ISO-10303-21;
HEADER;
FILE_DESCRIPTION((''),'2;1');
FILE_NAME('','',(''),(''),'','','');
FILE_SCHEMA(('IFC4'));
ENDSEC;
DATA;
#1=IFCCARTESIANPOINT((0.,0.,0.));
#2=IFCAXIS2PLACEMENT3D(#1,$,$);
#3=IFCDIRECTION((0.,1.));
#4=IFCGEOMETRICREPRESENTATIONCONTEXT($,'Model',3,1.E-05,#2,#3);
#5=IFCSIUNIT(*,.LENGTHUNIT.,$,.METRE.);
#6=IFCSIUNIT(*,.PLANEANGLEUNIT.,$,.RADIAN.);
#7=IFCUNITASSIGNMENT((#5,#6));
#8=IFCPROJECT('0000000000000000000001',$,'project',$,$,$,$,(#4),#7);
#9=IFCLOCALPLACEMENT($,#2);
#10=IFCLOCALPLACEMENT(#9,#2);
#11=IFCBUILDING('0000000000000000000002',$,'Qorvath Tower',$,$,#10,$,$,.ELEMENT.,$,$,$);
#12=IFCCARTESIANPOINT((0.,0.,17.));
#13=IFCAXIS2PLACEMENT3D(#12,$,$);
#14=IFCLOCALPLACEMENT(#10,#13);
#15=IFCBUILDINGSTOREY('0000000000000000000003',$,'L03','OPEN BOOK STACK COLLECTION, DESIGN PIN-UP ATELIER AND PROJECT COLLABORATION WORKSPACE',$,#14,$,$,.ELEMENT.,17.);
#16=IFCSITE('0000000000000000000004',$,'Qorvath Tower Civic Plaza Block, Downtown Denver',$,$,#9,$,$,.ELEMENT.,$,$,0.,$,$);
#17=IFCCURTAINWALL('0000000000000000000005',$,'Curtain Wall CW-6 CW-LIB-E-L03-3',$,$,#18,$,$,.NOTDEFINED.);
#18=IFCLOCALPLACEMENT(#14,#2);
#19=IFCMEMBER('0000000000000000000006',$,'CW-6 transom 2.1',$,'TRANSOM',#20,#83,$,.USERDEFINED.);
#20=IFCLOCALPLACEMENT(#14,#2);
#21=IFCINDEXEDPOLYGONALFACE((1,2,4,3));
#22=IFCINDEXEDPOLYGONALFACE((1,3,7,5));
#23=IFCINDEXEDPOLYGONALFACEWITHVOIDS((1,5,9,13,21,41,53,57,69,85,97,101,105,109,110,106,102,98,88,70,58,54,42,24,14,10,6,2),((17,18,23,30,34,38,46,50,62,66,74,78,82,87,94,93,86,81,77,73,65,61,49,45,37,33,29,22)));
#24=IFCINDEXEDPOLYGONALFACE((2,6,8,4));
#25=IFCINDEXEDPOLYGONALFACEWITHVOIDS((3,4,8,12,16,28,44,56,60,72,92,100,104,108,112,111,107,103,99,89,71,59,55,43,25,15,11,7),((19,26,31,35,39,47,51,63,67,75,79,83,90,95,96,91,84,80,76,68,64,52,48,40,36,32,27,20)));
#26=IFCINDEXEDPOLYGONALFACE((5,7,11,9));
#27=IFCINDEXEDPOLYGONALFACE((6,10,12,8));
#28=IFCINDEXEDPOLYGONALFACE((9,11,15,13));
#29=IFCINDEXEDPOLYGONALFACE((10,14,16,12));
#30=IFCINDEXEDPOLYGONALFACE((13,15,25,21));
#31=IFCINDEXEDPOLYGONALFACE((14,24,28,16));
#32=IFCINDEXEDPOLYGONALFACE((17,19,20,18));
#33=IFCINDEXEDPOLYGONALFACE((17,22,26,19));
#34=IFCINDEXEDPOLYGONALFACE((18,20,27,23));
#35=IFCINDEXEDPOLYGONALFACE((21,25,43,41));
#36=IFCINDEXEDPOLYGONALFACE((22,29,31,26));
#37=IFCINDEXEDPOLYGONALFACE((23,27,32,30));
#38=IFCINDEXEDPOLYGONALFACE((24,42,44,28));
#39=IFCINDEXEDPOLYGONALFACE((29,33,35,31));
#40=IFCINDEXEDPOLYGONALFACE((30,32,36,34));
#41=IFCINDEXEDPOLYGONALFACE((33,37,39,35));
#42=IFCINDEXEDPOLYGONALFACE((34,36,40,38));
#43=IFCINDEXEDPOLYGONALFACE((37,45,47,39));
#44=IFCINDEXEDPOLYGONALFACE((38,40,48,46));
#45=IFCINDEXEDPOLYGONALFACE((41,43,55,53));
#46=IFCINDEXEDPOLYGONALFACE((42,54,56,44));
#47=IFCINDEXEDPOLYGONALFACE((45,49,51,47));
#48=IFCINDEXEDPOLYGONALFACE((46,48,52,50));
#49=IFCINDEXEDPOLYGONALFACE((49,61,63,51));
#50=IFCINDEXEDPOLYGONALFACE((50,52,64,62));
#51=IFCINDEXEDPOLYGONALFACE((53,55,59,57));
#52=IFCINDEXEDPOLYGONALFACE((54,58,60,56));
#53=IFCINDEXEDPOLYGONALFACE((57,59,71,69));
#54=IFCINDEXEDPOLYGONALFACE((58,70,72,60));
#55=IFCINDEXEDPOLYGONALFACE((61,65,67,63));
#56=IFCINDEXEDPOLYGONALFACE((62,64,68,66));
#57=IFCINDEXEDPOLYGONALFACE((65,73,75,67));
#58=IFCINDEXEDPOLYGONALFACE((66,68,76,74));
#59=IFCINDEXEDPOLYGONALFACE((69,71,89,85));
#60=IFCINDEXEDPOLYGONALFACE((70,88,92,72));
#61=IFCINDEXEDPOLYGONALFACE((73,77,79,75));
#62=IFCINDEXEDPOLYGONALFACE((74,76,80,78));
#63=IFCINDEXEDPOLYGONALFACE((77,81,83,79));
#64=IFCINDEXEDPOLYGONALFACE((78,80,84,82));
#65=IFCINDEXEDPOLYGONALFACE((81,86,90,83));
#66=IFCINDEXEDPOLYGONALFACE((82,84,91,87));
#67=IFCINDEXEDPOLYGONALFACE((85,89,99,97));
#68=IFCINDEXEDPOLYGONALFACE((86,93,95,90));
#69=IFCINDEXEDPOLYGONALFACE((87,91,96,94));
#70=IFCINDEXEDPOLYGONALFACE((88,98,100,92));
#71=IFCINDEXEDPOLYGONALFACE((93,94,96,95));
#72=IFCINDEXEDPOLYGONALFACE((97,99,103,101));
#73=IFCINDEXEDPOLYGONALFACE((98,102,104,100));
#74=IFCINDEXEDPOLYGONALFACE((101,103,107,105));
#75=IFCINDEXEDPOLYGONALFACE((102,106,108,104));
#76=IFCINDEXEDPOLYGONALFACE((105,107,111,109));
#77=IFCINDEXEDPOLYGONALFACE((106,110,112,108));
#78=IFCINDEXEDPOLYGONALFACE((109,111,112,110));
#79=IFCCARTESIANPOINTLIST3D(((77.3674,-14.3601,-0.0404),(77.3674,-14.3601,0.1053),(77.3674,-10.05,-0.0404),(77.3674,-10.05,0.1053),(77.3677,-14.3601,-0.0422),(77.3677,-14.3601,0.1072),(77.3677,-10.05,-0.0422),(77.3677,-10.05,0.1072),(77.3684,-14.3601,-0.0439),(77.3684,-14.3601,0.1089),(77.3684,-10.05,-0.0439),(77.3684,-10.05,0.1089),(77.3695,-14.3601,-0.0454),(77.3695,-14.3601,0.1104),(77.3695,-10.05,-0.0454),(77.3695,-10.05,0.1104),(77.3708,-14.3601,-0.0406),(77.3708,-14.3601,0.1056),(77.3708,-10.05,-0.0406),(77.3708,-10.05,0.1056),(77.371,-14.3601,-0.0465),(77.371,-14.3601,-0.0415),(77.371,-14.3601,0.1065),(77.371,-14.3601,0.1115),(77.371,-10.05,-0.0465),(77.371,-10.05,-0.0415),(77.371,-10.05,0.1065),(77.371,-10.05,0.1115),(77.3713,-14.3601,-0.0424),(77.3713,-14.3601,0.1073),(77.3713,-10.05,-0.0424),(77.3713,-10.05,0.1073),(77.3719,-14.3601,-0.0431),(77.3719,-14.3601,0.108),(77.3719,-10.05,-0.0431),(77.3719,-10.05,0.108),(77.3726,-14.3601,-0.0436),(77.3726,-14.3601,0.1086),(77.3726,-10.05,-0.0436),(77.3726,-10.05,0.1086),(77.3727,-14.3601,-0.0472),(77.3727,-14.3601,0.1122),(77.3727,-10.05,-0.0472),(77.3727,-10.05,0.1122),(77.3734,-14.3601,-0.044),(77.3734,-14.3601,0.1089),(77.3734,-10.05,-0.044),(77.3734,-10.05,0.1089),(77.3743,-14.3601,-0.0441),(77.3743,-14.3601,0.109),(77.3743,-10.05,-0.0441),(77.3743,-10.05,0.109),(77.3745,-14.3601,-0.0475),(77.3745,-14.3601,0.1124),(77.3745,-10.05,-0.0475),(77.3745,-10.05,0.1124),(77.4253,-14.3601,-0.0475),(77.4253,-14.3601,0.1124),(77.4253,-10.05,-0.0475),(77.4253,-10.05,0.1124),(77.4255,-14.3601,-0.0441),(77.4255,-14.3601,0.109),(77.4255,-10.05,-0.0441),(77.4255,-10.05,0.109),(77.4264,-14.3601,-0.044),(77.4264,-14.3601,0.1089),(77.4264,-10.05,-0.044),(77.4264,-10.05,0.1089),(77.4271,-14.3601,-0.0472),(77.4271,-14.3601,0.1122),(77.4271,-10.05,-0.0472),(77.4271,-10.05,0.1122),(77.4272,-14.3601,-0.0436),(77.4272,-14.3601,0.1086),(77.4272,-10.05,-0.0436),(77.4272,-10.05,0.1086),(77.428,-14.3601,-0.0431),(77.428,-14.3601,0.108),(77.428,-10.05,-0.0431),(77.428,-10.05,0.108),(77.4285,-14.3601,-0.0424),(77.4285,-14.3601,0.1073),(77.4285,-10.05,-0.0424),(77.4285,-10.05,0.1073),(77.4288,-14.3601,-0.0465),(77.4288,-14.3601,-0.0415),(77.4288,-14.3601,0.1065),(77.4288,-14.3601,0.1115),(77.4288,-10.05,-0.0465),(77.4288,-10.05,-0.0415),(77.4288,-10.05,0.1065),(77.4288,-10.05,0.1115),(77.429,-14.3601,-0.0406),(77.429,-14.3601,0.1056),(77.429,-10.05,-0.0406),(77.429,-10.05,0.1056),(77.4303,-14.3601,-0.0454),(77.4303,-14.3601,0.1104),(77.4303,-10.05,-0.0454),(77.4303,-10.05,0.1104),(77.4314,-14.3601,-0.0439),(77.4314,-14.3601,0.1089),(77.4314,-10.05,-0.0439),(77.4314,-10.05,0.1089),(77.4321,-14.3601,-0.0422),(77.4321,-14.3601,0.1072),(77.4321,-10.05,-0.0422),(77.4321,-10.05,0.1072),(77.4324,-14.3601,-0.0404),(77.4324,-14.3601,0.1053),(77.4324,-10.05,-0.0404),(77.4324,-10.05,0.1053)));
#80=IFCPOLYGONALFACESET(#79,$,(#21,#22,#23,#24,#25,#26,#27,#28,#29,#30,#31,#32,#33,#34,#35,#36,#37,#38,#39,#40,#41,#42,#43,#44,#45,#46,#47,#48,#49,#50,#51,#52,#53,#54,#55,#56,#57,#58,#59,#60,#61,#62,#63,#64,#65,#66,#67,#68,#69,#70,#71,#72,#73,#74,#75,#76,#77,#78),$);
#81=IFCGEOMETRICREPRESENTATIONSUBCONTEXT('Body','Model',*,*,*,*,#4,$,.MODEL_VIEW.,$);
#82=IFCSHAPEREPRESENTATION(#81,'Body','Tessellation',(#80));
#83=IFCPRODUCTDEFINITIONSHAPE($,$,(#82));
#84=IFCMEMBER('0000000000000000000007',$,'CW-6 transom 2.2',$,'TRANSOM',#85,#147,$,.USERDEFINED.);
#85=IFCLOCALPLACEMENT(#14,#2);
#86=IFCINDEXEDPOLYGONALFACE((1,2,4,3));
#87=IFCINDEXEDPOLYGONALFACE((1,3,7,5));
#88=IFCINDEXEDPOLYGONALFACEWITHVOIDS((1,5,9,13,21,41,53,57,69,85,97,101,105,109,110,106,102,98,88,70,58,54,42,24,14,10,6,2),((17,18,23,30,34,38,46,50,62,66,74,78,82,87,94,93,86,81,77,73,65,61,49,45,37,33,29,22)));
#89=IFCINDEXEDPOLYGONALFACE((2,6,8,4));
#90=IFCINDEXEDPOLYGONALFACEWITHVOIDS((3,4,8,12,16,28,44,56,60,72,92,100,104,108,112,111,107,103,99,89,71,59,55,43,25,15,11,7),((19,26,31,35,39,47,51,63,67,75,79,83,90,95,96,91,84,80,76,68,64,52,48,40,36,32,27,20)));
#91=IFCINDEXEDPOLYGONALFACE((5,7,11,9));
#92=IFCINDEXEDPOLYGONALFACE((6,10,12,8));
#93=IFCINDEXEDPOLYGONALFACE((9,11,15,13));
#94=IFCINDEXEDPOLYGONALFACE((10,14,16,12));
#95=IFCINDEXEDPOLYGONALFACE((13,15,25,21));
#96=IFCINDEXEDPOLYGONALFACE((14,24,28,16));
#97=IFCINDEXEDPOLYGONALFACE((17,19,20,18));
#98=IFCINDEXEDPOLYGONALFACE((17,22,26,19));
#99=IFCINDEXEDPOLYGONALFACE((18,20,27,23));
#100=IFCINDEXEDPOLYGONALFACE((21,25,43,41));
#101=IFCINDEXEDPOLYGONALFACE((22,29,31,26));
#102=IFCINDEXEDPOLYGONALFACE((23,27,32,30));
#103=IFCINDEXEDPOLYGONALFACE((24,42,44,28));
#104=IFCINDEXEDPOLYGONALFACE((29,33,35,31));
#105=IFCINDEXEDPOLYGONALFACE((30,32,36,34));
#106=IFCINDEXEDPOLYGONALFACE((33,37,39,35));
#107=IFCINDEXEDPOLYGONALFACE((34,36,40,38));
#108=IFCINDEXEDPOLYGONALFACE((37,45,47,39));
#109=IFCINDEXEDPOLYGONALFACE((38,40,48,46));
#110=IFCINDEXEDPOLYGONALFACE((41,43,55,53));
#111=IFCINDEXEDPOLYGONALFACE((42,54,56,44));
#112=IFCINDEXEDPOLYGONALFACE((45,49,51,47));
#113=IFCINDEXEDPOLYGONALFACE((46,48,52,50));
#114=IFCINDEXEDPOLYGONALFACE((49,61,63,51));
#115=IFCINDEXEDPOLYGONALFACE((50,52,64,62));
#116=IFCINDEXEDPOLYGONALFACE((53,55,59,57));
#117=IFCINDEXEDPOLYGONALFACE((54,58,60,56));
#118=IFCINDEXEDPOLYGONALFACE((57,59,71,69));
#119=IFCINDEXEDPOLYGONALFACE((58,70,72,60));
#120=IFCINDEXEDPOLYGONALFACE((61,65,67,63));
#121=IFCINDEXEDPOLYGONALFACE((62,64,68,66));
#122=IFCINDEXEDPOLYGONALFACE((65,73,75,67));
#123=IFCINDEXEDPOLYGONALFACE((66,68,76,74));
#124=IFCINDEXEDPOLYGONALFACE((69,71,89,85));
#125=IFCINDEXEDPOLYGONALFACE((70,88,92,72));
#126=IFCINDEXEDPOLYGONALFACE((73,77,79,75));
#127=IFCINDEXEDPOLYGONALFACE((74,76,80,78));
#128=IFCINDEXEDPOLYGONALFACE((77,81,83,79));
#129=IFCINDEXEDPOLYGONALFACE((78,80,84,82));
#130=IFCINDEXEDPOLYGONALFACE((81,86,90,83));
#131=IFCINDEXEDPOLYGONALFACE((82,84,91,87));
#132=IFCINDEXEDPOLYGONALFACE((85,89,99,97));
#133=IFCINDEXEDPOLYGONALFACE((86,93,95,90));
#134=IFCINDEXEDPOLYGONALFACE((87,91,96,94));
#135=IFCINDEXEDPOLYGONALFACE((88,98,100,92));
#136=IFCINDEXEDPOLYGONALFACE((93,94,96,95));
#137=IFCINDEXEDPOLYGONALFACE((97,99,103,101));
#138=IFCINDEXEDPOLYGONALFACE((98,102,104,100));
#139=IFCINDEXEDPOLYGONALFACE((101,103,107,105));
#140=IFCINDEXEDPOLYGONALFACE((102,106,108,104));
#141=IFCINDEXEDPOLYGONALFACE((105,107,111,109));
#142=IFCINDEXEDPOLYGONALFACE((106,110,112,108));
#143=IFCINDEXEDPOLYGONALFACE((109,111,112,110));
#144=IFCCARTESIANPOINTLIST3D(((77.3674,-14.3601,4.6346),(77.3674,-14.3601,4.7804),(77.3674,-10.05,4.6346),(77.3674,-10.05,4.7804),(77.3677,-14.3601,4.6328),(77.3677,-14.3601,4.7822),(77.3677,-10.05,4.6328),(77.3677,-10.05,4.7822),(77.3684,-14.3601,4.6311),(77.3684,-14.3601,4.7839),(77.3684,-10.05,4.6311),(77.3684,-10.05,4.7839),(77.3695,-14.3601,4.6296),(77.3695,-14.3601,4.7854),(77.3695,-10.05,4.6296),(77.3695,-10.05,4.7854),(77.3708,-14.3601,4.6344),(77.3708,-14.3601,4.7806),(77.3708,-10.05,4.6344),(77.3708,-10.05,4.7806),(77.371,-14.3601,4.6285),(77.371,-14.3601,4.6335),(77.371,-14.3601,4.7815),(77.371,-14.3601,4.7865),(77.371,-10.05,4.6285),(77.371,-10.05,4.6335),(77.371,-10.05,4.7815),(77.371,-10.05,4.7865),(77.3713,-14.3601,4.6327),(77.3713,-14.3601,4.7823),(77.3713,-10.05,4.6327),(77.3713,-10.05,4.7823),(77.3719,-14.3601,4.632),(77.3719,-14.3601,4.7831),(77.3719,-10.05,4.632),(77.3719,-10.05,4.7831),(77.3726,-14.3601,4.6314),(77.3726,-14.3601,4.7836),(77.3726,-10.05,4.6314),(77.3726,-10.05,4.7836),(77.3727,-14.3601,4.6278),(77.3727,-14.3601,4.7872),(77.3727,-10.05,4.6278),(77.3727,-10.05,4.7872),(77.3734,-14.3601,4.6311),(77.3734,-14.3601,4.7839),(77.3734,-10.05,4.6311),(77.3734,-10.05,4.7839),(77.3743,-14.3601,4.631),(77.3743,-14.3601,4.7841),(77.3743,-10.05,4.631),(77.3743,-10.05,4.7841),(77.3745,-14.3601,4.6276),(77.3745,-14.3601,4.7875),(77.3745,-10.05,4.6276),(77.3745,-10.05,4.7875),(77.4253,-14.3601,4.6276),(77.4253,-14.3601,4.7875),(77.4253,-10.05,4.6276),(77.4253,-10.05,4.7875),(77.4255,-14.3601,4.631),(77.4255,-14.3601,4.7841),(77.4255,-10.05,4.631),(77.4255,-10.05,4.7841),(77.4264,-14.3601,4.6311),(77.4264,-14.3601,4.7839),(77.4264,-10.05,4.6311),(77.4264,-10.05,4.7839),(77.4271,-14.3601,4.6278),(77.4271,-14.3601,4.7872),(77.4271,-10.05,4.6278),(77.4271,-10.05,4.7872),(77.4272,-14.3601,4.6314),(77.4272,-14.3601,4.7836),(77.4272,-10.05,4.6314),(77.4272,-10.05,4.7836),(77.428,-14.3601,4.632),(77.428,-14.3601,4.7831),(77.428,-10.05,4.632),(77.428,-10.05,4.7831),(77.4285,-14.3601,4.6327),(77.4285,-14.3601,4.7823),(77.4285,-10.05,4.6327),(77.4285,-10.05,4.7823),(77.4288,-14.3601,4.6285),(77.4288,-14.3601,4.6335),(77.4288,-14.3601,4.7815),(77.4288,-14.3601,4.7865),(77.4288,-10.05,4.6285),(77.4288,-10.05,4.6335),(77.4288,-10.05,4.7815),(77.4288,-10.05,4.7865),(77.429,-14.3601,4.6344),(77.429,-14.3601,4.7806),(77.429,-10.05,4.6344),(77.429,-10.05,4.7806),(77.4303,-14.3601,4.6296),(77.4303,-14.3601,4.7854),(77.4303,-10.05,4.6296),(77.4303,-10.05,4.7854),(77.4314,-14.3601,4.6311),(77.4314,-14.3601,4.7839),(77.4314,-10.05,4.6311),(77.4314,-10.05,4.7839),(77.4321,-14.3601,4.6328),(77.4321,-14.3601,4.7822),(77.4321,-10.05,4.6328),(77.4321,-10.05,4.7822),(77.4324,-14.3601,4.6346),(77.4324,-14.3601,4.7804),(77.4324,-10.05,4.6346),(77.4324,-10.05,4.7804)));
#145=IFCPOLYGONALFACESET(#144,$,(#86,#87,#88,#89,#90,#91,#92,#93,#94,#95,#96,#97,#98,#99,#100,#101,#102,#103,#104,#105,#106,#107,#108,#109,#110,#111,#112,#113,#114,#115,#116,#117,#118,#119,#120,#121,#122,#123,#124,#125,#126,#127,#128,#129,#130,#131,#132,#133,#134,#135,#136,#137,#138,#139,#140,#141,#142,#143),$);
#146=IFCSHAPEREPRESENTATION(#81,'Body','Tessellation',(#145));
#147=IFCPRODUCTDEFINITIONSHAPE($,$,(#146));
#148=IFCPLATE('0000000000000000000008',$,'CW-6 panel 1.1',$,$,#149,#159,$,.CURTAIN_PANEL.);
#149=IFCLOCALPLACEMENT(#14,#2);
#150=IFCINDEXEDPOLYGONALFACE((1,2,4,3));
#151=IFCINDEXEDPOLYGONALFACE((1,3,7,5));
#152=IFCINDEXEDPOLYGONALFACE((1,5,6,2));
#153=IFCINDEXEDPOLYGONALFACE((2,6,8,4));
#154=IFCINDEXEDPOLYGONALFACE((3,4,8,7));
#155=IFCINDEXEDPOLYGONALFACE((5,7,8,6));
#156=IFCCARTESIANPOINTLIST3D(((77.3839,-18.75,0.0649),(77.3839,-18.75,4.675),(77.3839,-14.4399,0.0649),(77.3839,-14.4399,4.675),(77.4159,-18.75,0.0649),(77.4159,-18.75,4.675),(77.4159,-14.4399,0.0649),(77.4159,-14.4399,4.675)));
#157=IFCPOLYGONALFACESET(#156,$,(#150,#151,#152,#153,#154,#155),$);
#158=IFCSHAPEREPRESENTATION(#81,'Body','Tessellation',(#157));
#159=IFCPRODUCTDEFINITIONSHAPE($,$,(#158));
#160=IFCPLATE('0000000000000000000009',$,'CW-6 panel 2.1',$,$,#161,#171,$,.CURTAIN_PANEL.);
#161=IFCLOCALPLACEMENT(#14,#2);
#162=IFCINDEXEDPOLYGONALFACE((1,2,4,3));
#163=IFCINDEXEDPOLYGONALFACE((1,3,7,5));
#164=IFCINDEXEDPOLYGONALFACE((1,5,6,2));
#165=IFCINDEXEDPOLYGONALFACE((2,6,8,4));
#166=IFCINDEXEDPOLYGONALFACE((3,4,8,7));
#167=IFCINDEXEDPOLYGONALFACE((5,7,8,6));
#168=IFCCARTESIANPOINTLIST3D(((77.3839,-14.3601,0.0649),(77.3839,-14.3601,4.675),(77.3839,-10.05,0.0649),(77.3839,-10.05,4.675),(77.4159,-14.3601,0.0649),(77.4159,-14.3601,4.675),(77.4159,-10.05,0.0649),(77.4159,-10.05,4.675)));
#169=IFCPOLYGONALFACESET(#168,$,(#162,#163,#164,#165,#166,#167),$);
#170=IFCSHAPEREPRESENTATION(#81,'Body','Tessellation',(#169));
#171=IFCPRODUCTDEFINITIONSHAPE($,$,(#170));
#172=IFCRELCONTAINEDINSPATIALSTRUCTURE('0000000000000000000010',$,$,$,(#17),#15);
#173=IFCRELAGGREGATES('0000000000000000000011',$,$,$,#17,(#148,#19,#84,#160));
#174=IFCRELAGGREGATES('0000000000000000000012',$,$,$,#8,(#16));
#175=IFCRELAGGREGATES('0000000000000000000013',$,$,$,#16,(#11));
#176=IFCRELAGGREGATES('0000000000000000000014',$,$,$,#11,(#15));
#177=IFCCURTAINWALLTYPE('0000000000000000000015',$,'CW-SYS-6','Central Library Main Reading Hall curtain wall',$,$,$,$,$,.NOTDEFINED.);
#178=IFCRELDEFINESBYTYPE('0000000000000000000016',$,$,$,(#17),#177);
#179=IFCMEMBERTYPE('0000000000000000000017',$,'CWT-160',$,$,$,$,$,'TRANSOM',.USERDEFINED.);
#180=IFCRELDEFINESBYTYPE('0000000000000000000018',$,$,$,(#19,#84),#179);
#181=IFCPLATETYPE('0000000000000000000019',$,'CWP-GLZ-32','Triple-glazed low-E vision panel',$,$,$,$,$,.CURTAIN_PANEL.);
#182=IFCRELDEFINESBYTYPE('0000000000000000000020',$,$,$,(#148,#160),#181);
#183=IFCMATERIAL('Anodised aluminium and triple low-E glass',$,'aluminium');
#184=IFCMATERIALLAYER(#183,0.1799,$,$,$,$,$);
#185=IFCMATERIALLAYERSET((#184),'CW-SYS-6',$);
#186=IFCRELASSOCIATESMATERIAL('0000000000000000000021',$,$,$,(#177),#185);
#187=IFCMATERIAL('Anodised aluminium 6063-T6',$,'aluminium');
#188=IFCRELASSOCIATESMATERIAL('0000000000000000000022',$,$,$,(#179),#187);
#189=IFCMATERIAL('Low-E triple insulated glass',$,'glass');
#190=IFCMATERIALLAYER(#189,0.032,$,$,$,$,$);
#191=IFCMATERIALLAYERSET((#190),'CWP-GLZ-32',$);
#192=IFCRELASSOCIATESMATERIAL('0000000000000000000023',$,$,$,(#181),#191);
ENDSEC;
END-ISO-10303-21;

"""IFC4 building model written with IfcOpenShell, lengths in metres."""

from ifc_helpers import new_model, si_unit, direction, frame, origin, origin_2d, place, context, subcontext, project, spatial, rectangle, hollow_rectangle, extrude, material, layer, layer_set, material_profile, profile_set, type_object, element, aggregate, save


model = new_model("IFC4")

# Units and contexts
model_context = context("Model", 3, precision=1e-05, world=origin(), true_north=direction((0.0, 1.0)))
body_context = subcontext(model_context, "Body", "Model", "MODEL_VIEW")
ifc_project = project(units=[si_unit("LENGTHUNIT", "METRE"), si_unit("PLANEANGLEUNIT", "RADIAN")], contexts=[model_context])

# Site, building, storey
site_placement = place(None, origin())
site = spatial("IfcSite", under=ifc_project, at=site_placement, Name="Qorvath Tower Civic Plaza Block, Downtown Denver", CompositionType="ELEMENT", RefElevation=0.0)
building_placement = place(site_placement, origin())
building = spatial("IfcBuilding", under=site, at=building_placement, Name="Qorvath Tower", CompositionType="ELEMENT")
storey_placement = place(building_placement, frame((0.0, 0.0, 17.0)))
storey = spatial("IfcBuildingStorey", under=building, at=storey_placement, Name="L03", Description="OPEN BOOK STACK COLLECTION, DESIGN PIN-UP ATELIER AND PROJECT COLLABORATION WORKSPACE", CompositionType="ELEMENT", Elevation=17.0)

# Curtain wall, members, plates
ifc_material_1 = material(Name="Anodised aluminium and triple low-E glass", Category="aluminium")
ifc_layer_1 = layer(ifc_material_1, 0.1799)
ifc_layer_set_1 = layer_set([ifc_layer_1], Name="CW-SYS-6")
curtain_wall_type = type_object("IfcCurtainWallType", Name="CW-SYS-6", Description="Central Library Main Reading Hall curtain wall", PredefinedType="NOTDEFINED", material=ifc_layer_set_1)
curtain_wall_placement = place(storey_placement, origin())
curtain_wall = element("IfcCurtainWall", 1, at=curtain_wall_placement, inside=storey, type_object=curtain_wall_type, Name="Curtain Wall CW-6 CW-LIB-E-L03-3", PredefinedType="NOTDEFINED")
ifc_material_2 = material(Name="Anodised aluminium 6063-T6", Category="aluminium")
ifc_material_profile_1 = material_profile(ifc_material_2, hollow_rectangle(XDim=0.0649, YDim=0.1599, WallThickness=0.0034, InnerFilletRadius=0.0034, OuterFilletRadius=0.0071, at=origin_2d()), Name="CWT 160x65")
ifc_profile_set_1 = profile_set([ifc_material_profile_1], Name="Anodised aluminium 6063-T6")
member_type_1 = type_object("IfcMemberType", Name="CWT-160", ElementType="TRANSOM", PredefinedType="USERDEFINED", material=ifc_profile_set_1)
member_1_placement = place(storey_placement, frame((77.3999, -14.3601, 0.0325), z_axis=(0.0, 1.0, 0.0), x_axis=(-1.0, 0.0, 0.0)))
member_1 = element("IfcMember", 2, at=member_1_placement, type_object=member_type_1, Name="CW-6 transom 2.1", ObjectType="TRANSOM", PredefinedType="USERDEFINED", context=body_context, shape_type="SweptSolid", body=[
    extrude(hollow_rectangle(XDim=0.0649, YDim=0.1599, WallThickness=0.0034, InnerFilletRadius=0.0034, OuterFilletRadius=0.0071, at=origin_2d()), origin(), (0.0, 0.0, 1.0), 4.3101),
])
member_2_placement = place(storey_placement, frame((77.3999, -14.3601, 4.7075), z_axis=(0.0, 1.0, 0.0), x_axis=(-1.0, 0.0, 0.0)))
member_2 = element("IfcMember", 3, at=member_2_placement, type_object=member_type_1, Name="CW-6 transom 2.2", ObjectType="TRANSOM", PredefinedType="USERDEFINED", context=body_context, shape_type="SweptSolid", body=[
    extrude(hollow_rectangle(XDim=0.0649, YDim=0.1599, WallThickness=0.0034, InnerFilletRadius=0.0034, OuterFilletRadius=0.0071, at=origin_2d()), origin(), (0.0, 0.0, 1.0), 4.3101),
])
ifc_material_3 = material(Name="Low-E triple insulated glass", Category="glass")
ifc_layer_2 = layer(ifc_material_3, 0.032)
ifc_layer_set_2 = layer_set([ifc_layer_2], Name="CWP-GLZ-32")
plate_type = type_object("IfcPlateType", Name="CWP-GLZ-32", Description="Triple-glazed low-E vision panel", PredefinedType="CURTAIN_PANEL", material=ifc_layer_set_2)
plate_1_placement = place(storey_placement, frame((77.3999, -16.595, 0.0649), z_axis=(0.0, 0.0, 1.0), x_axis=(0.0, 1.0, 0.0)))
plate_1 = element("IfcPlate", 4, at=plate_1_placement, type_object=plate_type, Name="CW-6 panel 1.1", PredefinedType="CURTAIN_PANEL", context=body_context, shape_type="SweptSolid", body=[
    extrude(rectangle(XDim=4.3101, YDim=0.032, at=origin_2d()), origin(), (0.0, 0.0, 1.0), 4.6101),
])
plate_2_placement = place(storey_placement, frame((77.3999, -12.2051, 0.0649), z_axis=(0.0, 0.0, 1.0), x_axis=(0.0, 1.0, 0.0)))
plate_2 = element("IfcPlate", 5, at=plate_2_placement, type_object=plate_type, Name="CW-6 panel 2.1", PredefinedType="CURTAIN_PANEL", context=body_context, shape_type="SweptSolid", body=[
    extrude(rectangle(XDim=4.3101, YDim=0.032, at=origin_2d()), origin(), (0.0, 0.0, 1.0), 4.6101),
])
aggregate(curtain_wall, [plate_1, member_1, member_2, plate_2])

save(model, "model.ifc")
